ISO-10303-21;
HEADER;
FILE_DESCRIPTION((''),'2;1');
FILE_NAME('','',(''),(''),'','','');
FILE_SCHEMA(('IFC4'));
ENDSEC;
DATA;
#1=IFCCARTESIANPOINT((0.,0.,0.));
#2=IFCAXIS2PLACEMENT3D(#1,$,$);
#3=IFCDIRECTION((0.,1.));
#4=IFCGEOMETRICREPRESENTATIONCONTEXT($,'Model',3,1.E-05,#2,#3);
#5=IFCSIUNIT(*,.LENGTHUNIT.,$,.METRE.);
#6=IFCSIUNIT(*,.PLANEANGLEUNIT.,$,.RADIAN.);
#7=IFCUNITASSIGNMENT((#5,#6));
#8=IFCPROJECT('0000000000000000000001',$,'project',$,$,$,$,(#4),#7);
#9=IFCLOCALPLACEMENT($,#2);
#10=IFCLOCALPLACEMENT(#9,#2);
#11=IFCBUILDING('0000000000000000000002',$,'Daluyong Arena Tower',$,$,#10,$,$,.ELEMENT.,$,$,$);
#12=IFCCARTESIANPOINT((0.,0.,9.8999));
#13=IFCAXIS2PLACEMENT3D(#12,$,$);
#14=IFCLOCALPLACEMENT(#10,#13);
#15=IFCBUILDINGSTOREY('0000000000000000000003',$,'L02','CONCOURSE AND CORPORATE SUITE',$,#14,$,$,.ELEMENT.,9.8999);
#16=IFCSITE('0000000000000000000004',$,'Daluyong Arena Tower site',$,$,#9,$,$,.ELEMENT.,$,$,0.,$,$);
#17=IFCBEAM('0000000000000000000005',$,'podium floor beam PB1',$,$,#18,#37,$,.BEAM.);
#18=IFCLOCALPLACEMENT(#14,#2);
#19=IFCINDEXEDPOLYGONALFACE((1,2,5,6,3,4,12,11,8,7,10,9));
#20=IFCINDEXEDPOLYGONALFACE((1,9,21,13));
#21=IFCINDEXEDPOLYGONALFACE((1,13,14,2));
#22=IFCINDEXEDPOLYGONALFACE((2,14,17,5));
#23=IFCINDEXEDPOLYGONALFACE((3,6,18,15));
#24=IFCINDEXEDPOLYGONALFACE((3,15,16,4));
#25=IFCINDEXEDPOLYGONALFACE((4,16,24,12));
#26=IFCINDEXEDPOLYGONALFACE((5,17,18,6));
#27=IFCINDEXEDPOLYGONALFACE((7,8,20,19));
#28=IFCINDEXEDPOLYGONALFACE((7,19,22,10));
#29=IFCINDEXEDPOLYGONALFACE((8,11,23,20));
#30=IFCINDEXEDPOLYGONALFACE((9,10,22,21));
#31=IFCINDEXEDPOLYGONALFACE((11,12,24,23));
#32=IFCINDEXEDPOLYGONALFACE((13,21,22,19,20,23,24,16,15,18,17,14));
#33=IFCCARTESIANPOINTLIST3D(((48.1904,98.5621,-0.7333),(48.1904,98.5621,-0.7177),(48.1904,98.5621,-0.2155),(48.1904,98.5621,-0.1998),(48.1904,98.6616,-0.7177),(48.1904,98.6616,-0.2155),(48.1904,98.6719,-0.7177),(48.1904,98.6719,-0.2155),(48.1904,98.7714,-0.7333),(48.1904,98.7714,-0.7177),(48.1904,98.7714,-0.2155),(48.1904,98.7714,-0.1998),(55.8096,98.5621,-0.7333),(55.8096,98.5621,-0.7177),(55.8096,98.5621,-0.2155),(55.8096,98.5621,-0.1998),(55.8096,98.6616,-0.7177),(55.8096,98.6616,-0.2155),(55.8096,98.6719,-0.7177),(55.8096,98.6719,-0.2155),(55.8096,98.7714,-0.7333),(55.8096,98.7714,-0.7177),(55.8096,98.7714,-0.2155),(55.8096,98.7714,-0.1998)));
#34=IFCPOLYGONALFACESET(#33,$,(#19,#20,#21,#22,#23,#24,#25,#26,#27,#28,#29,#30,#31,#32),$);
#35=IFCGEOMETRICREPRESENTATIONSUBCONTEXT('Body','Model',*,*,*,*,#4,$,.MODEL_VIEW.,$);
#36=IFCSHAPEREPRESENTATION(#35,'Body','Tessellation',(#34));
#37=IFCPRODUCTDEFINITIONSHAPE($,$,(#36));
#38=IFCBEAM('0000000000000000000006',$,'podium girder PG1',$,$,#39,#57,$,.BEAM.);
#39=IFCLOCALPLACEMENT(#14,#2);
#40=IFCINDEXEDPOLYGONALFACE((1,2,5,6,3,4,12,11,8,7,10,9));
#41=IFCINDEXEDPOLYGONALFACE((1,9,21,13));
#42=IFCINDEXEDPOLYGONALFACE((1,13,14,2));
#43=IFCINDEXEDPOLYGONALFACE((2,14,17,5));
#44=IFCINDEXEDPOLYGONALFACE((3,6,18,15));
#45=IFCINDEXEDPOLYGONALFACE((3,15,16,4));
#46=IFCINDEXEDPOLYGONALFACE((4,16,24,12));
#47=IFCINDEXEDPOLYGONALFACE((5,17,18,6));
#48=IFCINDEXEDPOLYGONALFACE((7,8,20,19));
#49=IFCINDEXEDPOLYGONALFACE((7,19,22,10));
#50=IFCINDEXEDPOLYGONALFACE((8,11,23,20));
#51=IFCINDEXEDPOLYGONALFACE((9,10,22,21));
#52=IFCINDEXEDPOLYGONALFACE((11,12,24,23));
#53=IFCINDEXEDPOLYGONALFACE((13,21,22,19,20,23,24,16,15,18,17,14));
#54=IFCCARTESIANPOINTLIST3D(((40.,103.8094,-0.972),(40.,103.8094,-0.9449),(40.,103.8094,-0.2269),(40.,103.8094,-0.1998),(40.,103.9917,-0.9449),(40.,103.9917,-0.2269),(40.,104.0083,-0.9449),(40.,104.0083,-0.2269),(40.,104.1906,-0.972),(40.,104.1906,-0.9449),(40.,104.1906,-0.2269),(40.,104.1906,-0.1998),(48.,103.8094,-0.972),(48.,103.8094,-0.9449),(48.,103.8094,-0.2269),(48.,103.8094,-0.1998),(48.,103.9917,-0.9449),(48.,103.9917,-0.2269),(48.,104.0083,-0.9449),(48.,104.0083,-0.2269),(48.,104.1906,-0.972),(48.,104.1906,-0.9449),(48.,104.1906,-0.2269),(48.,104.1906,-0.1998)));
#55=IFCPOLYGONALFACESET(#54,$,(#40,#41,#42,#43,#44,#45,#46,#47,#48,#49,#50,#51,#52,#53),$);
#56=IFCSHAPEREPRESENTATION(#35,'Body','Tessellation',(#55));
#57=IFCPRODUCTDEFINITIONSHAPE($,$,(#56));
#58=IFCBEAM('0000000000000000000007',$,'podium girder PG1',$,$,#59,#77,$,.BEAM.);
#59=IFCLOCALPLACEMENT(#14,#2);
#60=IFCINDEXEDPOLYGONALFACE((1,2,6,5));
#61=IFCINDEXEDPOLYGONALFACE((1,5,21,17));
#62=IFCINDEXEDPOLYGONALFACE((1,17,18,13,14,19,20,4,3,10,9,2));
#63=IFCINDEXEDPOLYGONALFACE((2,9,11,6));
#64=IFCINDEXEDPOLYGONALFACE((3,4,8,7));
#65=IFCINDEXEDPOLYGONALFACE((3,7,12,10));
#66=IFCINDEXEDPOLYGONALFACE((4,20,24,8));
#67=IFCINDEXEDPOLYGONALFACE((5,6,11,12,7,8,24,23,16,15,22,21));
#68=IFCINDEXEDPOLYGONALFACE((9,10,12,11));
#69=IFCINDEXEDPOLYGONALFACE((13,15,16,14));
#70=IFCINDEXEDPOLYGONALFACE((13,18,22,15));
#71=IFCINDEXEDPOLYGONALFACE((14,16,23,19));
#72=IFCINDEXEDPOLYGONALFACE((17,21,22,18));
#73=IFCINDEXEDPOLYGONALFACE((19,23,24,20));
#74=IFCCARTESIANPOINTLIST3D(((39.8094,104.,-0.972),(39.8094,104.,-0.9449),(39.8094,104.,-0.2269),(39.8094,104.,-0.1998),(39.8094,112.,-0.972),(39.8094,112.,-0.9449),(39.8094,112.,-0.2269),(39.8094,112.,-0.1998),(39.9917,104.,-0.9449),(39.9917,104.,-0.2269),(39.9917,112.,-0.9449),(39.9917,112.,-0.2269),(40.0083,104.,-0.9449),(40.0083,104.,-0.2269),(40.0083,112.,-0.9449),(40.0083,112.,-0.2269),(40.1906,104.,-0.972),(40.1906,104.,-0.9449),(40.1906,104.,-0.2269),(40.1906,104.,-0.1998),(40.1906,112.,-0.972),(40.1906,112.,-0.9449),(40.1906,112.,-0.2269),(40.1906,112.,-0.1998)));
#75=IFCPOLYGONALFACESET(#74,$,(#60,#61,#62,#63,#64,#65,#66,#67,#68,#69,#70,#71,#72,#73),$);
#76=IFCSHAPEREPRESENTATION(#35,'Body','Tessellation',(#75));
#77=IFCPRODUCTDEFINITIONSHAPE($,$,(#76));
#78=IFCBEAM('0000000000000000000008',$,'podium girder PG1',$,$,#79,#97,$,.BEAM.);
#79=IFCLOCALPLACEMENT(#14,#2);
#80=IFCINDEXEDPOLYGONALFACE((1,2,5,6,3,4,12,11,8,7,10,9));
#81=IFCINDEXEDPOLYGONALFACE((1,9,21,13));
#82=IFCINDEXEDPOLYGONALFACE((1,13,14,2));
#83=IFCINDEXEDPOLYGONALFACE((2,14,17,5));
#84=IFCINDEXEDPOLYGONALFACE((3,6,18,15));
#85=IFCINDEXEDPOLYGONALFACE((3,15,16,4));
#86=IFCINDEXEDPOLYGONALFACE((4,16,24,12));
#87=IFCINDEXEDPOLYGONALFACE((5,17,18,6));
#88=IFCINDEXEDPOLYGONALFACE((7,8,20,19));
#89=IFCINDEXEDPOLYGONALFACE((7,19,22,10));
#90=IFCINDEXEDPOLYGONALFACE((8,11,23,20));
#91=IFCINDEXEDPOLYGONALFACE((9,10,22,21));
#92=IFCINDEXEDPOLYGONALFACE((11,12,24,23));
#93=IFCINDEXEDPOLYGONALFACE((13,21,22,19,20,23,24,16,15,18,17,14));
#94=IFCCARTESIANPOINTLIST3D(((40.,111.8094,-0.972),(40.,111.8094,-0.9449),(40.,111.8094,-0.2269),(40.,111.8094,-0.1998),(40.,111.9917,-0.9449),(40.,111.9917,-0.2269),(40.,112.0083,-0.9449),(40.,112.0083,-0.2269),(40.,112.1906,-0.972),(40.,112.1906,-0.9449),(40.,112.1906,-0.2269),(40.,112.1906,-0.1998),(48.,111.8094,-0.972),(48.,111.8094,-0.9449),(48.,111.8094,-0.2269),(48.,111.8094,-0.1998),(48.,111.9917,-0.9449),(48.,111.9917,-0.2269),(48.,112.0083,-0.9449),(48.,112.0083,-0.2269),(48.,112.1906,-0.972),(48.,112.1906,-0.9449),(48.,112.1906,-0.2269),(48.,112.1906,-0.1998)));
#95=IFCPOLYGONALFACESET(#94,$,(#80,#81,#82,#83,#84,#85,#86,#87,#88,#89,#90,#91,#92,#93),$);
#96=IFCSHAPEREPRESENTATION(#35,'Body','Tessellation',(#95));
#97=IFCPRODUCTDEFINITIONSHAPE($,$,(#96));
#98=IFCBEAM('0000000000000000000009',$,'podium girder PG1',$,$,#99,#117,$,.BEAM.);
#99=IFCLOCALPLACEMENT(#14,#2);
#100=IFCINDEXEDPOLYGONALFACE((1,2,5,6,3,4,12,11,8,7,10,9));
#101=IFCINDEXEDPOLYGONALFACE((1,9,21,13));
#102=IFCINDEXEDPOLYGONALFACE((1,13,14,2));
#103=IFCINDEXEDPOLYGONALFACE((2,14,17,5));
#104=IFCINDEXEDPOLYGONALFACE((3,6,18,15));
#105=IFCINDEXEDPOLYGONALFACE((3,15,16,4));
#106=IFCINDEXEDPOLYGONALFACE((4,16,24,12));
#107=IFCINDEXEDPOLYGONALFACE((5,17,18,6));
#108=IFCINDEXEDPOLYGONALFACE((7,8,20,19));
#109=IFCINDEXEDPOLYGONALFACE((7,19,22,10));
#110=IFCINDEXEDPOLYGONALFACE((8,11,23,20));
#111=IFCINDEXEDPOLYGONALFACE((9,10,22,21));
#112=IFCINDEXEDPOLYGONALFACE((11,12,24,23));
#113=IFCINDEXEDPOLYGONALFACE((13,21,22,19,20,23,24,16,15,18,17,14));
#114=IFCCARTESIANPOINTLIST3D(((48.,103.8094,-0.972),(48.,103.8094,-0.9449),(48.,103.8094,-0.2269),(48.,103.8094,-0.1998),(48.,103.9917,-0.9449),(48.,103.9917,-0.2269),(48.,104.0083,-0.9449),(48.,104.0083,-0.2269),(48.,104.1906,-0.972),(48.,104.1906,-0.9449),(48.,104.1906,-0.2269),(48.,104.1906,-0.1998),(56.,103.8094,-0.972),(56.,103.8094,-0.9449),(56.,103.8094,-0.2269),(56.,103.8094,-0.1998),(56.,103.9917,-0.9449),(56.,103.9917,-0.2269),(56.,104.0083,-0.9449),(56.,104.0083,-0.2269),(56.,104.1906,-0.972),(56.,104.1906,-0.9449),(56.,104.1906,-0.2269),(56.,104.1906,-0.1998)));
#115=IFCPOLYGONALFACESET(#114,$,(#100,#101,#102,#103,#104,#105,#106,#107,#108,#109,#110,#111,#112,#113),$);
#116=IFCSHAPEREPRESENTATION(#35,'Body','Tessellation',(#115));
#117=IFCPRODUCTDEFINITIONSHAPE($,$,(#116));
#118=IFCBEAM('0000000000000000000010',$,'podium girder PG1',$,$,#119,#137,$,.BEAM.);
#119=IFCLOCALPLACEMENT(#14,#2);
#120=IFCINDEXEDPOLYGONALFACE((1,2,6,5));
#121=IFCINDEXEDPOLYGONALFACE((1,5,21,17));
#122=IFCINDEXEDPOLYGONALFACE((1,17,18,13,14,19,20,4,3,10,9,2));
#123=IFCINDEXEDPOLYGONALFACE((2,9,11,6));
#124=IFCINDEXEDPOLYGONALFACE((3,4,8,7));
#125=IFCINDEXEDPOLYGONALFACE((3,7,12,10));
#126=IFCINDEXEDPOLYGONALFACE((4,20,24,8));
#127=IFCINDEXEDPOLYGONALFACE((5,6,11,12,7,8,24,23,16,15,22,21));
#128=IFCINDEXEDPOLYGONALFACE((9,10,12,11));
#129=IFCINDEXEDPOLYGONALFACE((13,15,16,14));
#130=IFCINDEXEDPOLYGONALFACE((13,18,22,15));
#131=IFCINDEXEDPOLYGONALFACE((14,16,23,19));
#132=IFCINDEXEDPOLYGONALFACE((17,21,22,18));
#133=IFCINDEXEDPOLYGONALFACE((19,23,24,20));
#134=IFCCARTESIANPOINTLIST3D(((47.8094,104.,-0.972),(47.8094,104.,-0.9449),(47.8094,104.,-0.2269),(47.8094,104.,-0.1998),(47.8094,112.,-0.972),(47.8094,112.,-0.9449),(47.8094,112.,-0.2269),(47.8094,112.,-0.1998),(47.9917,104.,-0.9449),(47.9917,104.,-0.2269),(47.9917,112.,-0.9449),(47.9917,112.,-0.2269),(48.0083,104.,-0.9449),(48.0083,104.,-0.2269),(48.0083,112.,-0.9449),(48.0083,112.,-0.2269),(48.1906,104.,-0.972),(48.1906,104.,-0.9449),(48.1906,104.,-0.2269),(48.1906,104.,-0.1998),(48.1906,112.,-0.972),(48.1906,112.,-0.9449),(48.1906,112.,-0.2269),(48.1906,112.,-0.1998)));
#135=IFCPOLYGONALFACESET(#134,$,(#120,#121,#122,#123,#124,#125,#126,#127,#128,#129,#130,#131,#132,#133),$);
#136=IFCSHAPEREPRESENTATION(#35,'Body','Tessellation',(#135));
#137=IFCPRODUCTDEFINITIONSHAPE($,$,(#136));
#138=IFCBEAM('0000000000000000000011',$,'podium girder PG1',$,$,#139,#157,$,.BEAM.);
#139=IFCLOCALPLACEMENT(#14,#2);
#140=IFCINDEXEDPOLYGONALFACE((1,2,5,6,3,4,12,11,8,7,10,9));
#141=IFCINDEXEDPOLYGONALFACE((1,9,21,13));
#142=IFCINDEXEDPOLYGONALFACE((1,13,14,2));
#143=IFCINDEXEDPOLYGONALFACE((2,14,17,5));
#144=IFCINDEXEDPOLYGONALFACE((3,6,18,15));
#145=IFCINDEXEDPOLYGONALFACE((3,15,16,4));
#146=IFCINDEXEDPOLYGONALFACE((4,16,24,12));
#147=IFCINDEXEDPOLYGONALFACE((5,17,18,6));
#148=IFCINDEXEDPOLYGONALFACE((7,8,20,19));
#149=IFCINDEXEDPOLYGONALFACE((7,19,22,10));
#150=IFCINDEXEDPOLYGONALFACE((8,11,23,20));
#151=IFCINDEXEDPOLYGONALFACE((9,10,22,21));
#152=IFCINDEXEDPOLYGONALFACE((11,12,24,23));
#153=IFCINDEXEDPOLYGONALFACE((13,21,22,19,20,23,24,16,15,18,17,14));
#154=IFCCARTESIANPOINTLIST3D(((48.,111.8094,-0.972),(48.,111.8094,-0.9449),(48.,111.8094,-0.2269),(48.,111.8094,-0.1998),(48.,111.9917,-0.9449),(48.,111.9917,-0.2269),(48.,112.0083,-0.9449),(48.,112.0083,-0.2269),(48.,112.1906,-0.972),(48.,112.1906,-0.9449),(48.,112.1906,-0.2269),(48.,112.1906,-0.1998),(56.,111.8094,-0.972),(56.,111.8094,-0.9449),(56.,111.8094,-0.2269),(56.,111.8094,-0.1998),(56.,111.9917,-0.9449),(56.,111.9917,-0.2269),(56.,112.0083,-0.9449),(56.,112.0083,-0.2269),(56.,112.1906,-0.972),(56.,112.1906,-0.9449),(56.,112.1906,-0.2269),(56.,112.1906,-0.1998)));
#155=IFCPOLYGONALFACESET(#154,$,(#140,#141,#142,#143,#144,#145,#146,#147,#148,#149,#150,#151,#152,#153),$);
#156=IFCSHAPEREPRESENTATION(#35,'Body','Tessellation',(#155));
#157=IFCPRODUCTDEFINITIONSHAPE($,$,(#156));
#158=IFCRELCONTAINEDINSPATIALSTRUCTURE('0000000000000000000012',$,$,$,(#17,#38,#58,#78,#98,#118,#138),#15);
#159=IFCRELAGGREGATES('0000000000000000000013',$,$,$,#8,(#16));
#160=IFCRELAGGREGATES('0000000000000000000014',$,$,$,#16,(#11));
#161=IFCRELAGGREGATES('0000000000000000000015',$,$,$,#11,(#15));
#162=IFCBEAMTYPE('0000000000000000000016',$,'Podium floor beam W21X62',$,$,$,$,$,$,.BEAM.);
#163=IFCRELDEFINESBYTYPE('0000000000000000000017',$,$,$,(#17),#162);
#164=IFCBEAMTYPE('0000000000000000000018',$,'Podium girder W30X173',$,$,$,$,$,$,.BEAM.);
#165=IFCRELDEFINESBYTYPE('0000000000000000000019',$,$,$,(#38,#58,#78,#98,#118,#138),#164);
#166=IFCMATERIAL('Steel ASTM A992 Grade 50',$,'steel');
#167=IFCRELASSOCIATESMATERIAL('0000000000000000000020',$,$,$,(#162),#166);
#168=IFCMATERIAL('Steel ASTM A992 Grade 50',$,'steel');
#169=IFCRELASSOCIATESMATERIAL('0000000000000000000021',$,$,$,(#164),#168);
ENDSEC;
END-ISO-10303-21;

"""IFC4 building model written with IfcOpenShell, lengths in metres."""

from ifc_helpers import new_model, si_unit, direction, frame, origin, origin_2d, place, context, subcontext, project, spatial, i_section, extrude, material, material_profile, profile_set, type_object, element, save


model = new_model("IFC4")

# Units and contexts
model_context = context("Model", 3, precision=1e-05, world=origin(), true_north=direction((0.0, 1.0)))
body_context = subcontext(model_context, "Body", "Model", "MODEL_VIEW")
ifc_project = project(units=[si_unit("LENGTHUNIT", "METRE"), si_unit("PLANEANGLEUNIT", "RADIAN")], contexts=[model_context])

# Site, building, storey
site_placement = place(None, origin())
site = spatial("IfcSite", under=ifc_project, at=site_placement, Name="Daluyong Arena Tower site", CompositionType="ELEMENT", RefElevation=0.0)
building_placement = place(site_placement, origin())
building = spatial("IfcBuilding", under=site, at=building_placement, Name="Daluyong Arena Tower", CompositionType="ELEMENT")
storey_placement = place(building_placement, frame((0.0, 0.0, 9.8999)))
storey = spatial("IfcBuildingStorey", under=building, at=storey_placement, Name="L02", Description="CONCOURSE AND CORPORATE SUITE", CompositionType="ELEMENT", Elevation=9.8999)

# Beams
ifc_material_1 = material(Name="Steel ASTM A992 Grade 50", Category="steel")
ifc_material_profile_1 = material_profile(ifc_material_1, i_section(OverallWidth=0.2092, OverallDepth=0.5334, WebThickness=0.0103, FlangeThickness=0.0156, at=origin_2d()))
ifc_profile_set_1 = profile_set([ifc_material_profile_1], Name="Steel ASTM A992 Grade 50")
beam_type_1 = type_object("IfcBeamType", Name="Podium floor beam W21X62", PredefinedType="BEAM", material=ifc_profile_set_1)
for number, where, z_axis, x_axis, name in (
    (1, (48.1904, 98.6667, -0.4666), (1.0, 0.0, 0.0), (0.0, 1.0, 0.0), "podium floor beam PB1"),
):
    element("IfcBeam", number, at=place(storey_placement, frame(where, z_axis=z_axis, x_axis=x_axis)), inside=storey, type_object=beam_type_1, Name=name, PredefinedType="BEAM", context=body_context, shape_type="SweptSolid", body=[
        extrude(i_section(OverallWidth=0.2092, OverallDepth=0.5334, WebThickness=0.0103, FlangeThickness=0.0156, at=origin_2d()), origin(), (0.0, 0.0, 1.0), 7.6191),
    ])
ifc_material_2 = material(Name="Steel ASTM A992 Grade 50", Category="steel")
ifc_material_profile_2 = material_profile(ifc_material_2, i_section(OverallWidth=0.3811, OverallDepth=0.7722, WebThickness=0.0166, FlangeThickness=0.0271, at=origin_2d()))
ifc_profile_set_2 = profile_set([ifc_material_profile_2], Name="Steel ASTM A992 Grade 50")
beam_type_2 = type_object("IfcBeamType", Name="Podium girder W30X173", PredefinedType="BEAM", material=ifc_profile_set_2)
for number, where, z_axis, x_axis, name in (
    (2, (40.0, 104.0, -0.5859), (1.0, 0.0, 0.0), (0.0, 1.0, 0.0), "podium girder PG1"),
    (3, (40.0, 104.0, -0.5859), (0.0, 1.0, 0.0), (-1.0, 0.0, 0.0), "podium girder PG1"),
    (4, (40.0, 112.0, -0.5859), (1.0, 0.0, 0.0), (0.0, 1.0, 0.0), "podium girder PG1"),
    (5, (48.0, 104.0, -0.5859), (1.0, 0.0, 0.0), (0.0, 1.0, 0.0), "podium girder PG1"),
    (6, (48.0, 104.0, -0.5859), (0.0, 1.0, 0.0), (-1.0, 0.0, 0.0), "podium girder PG1"),
    (7, (48.0, 112.0, -0.5859), (1.0, 0.0, 0.0), (0.0, 1.0, 0.0), "podium girder PG1"),
):
    element("IfcBeam", number, at=place(storey_placement, frame(where, z_axis=z_axis, x_axis=x_axis)), inside=storey, type_object=beam_type_2, Name=name, PredefinedType="BEAM", context=body_context, shape_type="SweptSolid", body=[
        extrude(i_section(OverallWidth=0.3811, OverallDepth=0.7722, WebThickness=0.0166, FlangeThickness=0.0271, at=origin_2d()), origin(), (0.0, 0.0, 1.0), 8.0),
    ])

save(model, "model.ifc")
